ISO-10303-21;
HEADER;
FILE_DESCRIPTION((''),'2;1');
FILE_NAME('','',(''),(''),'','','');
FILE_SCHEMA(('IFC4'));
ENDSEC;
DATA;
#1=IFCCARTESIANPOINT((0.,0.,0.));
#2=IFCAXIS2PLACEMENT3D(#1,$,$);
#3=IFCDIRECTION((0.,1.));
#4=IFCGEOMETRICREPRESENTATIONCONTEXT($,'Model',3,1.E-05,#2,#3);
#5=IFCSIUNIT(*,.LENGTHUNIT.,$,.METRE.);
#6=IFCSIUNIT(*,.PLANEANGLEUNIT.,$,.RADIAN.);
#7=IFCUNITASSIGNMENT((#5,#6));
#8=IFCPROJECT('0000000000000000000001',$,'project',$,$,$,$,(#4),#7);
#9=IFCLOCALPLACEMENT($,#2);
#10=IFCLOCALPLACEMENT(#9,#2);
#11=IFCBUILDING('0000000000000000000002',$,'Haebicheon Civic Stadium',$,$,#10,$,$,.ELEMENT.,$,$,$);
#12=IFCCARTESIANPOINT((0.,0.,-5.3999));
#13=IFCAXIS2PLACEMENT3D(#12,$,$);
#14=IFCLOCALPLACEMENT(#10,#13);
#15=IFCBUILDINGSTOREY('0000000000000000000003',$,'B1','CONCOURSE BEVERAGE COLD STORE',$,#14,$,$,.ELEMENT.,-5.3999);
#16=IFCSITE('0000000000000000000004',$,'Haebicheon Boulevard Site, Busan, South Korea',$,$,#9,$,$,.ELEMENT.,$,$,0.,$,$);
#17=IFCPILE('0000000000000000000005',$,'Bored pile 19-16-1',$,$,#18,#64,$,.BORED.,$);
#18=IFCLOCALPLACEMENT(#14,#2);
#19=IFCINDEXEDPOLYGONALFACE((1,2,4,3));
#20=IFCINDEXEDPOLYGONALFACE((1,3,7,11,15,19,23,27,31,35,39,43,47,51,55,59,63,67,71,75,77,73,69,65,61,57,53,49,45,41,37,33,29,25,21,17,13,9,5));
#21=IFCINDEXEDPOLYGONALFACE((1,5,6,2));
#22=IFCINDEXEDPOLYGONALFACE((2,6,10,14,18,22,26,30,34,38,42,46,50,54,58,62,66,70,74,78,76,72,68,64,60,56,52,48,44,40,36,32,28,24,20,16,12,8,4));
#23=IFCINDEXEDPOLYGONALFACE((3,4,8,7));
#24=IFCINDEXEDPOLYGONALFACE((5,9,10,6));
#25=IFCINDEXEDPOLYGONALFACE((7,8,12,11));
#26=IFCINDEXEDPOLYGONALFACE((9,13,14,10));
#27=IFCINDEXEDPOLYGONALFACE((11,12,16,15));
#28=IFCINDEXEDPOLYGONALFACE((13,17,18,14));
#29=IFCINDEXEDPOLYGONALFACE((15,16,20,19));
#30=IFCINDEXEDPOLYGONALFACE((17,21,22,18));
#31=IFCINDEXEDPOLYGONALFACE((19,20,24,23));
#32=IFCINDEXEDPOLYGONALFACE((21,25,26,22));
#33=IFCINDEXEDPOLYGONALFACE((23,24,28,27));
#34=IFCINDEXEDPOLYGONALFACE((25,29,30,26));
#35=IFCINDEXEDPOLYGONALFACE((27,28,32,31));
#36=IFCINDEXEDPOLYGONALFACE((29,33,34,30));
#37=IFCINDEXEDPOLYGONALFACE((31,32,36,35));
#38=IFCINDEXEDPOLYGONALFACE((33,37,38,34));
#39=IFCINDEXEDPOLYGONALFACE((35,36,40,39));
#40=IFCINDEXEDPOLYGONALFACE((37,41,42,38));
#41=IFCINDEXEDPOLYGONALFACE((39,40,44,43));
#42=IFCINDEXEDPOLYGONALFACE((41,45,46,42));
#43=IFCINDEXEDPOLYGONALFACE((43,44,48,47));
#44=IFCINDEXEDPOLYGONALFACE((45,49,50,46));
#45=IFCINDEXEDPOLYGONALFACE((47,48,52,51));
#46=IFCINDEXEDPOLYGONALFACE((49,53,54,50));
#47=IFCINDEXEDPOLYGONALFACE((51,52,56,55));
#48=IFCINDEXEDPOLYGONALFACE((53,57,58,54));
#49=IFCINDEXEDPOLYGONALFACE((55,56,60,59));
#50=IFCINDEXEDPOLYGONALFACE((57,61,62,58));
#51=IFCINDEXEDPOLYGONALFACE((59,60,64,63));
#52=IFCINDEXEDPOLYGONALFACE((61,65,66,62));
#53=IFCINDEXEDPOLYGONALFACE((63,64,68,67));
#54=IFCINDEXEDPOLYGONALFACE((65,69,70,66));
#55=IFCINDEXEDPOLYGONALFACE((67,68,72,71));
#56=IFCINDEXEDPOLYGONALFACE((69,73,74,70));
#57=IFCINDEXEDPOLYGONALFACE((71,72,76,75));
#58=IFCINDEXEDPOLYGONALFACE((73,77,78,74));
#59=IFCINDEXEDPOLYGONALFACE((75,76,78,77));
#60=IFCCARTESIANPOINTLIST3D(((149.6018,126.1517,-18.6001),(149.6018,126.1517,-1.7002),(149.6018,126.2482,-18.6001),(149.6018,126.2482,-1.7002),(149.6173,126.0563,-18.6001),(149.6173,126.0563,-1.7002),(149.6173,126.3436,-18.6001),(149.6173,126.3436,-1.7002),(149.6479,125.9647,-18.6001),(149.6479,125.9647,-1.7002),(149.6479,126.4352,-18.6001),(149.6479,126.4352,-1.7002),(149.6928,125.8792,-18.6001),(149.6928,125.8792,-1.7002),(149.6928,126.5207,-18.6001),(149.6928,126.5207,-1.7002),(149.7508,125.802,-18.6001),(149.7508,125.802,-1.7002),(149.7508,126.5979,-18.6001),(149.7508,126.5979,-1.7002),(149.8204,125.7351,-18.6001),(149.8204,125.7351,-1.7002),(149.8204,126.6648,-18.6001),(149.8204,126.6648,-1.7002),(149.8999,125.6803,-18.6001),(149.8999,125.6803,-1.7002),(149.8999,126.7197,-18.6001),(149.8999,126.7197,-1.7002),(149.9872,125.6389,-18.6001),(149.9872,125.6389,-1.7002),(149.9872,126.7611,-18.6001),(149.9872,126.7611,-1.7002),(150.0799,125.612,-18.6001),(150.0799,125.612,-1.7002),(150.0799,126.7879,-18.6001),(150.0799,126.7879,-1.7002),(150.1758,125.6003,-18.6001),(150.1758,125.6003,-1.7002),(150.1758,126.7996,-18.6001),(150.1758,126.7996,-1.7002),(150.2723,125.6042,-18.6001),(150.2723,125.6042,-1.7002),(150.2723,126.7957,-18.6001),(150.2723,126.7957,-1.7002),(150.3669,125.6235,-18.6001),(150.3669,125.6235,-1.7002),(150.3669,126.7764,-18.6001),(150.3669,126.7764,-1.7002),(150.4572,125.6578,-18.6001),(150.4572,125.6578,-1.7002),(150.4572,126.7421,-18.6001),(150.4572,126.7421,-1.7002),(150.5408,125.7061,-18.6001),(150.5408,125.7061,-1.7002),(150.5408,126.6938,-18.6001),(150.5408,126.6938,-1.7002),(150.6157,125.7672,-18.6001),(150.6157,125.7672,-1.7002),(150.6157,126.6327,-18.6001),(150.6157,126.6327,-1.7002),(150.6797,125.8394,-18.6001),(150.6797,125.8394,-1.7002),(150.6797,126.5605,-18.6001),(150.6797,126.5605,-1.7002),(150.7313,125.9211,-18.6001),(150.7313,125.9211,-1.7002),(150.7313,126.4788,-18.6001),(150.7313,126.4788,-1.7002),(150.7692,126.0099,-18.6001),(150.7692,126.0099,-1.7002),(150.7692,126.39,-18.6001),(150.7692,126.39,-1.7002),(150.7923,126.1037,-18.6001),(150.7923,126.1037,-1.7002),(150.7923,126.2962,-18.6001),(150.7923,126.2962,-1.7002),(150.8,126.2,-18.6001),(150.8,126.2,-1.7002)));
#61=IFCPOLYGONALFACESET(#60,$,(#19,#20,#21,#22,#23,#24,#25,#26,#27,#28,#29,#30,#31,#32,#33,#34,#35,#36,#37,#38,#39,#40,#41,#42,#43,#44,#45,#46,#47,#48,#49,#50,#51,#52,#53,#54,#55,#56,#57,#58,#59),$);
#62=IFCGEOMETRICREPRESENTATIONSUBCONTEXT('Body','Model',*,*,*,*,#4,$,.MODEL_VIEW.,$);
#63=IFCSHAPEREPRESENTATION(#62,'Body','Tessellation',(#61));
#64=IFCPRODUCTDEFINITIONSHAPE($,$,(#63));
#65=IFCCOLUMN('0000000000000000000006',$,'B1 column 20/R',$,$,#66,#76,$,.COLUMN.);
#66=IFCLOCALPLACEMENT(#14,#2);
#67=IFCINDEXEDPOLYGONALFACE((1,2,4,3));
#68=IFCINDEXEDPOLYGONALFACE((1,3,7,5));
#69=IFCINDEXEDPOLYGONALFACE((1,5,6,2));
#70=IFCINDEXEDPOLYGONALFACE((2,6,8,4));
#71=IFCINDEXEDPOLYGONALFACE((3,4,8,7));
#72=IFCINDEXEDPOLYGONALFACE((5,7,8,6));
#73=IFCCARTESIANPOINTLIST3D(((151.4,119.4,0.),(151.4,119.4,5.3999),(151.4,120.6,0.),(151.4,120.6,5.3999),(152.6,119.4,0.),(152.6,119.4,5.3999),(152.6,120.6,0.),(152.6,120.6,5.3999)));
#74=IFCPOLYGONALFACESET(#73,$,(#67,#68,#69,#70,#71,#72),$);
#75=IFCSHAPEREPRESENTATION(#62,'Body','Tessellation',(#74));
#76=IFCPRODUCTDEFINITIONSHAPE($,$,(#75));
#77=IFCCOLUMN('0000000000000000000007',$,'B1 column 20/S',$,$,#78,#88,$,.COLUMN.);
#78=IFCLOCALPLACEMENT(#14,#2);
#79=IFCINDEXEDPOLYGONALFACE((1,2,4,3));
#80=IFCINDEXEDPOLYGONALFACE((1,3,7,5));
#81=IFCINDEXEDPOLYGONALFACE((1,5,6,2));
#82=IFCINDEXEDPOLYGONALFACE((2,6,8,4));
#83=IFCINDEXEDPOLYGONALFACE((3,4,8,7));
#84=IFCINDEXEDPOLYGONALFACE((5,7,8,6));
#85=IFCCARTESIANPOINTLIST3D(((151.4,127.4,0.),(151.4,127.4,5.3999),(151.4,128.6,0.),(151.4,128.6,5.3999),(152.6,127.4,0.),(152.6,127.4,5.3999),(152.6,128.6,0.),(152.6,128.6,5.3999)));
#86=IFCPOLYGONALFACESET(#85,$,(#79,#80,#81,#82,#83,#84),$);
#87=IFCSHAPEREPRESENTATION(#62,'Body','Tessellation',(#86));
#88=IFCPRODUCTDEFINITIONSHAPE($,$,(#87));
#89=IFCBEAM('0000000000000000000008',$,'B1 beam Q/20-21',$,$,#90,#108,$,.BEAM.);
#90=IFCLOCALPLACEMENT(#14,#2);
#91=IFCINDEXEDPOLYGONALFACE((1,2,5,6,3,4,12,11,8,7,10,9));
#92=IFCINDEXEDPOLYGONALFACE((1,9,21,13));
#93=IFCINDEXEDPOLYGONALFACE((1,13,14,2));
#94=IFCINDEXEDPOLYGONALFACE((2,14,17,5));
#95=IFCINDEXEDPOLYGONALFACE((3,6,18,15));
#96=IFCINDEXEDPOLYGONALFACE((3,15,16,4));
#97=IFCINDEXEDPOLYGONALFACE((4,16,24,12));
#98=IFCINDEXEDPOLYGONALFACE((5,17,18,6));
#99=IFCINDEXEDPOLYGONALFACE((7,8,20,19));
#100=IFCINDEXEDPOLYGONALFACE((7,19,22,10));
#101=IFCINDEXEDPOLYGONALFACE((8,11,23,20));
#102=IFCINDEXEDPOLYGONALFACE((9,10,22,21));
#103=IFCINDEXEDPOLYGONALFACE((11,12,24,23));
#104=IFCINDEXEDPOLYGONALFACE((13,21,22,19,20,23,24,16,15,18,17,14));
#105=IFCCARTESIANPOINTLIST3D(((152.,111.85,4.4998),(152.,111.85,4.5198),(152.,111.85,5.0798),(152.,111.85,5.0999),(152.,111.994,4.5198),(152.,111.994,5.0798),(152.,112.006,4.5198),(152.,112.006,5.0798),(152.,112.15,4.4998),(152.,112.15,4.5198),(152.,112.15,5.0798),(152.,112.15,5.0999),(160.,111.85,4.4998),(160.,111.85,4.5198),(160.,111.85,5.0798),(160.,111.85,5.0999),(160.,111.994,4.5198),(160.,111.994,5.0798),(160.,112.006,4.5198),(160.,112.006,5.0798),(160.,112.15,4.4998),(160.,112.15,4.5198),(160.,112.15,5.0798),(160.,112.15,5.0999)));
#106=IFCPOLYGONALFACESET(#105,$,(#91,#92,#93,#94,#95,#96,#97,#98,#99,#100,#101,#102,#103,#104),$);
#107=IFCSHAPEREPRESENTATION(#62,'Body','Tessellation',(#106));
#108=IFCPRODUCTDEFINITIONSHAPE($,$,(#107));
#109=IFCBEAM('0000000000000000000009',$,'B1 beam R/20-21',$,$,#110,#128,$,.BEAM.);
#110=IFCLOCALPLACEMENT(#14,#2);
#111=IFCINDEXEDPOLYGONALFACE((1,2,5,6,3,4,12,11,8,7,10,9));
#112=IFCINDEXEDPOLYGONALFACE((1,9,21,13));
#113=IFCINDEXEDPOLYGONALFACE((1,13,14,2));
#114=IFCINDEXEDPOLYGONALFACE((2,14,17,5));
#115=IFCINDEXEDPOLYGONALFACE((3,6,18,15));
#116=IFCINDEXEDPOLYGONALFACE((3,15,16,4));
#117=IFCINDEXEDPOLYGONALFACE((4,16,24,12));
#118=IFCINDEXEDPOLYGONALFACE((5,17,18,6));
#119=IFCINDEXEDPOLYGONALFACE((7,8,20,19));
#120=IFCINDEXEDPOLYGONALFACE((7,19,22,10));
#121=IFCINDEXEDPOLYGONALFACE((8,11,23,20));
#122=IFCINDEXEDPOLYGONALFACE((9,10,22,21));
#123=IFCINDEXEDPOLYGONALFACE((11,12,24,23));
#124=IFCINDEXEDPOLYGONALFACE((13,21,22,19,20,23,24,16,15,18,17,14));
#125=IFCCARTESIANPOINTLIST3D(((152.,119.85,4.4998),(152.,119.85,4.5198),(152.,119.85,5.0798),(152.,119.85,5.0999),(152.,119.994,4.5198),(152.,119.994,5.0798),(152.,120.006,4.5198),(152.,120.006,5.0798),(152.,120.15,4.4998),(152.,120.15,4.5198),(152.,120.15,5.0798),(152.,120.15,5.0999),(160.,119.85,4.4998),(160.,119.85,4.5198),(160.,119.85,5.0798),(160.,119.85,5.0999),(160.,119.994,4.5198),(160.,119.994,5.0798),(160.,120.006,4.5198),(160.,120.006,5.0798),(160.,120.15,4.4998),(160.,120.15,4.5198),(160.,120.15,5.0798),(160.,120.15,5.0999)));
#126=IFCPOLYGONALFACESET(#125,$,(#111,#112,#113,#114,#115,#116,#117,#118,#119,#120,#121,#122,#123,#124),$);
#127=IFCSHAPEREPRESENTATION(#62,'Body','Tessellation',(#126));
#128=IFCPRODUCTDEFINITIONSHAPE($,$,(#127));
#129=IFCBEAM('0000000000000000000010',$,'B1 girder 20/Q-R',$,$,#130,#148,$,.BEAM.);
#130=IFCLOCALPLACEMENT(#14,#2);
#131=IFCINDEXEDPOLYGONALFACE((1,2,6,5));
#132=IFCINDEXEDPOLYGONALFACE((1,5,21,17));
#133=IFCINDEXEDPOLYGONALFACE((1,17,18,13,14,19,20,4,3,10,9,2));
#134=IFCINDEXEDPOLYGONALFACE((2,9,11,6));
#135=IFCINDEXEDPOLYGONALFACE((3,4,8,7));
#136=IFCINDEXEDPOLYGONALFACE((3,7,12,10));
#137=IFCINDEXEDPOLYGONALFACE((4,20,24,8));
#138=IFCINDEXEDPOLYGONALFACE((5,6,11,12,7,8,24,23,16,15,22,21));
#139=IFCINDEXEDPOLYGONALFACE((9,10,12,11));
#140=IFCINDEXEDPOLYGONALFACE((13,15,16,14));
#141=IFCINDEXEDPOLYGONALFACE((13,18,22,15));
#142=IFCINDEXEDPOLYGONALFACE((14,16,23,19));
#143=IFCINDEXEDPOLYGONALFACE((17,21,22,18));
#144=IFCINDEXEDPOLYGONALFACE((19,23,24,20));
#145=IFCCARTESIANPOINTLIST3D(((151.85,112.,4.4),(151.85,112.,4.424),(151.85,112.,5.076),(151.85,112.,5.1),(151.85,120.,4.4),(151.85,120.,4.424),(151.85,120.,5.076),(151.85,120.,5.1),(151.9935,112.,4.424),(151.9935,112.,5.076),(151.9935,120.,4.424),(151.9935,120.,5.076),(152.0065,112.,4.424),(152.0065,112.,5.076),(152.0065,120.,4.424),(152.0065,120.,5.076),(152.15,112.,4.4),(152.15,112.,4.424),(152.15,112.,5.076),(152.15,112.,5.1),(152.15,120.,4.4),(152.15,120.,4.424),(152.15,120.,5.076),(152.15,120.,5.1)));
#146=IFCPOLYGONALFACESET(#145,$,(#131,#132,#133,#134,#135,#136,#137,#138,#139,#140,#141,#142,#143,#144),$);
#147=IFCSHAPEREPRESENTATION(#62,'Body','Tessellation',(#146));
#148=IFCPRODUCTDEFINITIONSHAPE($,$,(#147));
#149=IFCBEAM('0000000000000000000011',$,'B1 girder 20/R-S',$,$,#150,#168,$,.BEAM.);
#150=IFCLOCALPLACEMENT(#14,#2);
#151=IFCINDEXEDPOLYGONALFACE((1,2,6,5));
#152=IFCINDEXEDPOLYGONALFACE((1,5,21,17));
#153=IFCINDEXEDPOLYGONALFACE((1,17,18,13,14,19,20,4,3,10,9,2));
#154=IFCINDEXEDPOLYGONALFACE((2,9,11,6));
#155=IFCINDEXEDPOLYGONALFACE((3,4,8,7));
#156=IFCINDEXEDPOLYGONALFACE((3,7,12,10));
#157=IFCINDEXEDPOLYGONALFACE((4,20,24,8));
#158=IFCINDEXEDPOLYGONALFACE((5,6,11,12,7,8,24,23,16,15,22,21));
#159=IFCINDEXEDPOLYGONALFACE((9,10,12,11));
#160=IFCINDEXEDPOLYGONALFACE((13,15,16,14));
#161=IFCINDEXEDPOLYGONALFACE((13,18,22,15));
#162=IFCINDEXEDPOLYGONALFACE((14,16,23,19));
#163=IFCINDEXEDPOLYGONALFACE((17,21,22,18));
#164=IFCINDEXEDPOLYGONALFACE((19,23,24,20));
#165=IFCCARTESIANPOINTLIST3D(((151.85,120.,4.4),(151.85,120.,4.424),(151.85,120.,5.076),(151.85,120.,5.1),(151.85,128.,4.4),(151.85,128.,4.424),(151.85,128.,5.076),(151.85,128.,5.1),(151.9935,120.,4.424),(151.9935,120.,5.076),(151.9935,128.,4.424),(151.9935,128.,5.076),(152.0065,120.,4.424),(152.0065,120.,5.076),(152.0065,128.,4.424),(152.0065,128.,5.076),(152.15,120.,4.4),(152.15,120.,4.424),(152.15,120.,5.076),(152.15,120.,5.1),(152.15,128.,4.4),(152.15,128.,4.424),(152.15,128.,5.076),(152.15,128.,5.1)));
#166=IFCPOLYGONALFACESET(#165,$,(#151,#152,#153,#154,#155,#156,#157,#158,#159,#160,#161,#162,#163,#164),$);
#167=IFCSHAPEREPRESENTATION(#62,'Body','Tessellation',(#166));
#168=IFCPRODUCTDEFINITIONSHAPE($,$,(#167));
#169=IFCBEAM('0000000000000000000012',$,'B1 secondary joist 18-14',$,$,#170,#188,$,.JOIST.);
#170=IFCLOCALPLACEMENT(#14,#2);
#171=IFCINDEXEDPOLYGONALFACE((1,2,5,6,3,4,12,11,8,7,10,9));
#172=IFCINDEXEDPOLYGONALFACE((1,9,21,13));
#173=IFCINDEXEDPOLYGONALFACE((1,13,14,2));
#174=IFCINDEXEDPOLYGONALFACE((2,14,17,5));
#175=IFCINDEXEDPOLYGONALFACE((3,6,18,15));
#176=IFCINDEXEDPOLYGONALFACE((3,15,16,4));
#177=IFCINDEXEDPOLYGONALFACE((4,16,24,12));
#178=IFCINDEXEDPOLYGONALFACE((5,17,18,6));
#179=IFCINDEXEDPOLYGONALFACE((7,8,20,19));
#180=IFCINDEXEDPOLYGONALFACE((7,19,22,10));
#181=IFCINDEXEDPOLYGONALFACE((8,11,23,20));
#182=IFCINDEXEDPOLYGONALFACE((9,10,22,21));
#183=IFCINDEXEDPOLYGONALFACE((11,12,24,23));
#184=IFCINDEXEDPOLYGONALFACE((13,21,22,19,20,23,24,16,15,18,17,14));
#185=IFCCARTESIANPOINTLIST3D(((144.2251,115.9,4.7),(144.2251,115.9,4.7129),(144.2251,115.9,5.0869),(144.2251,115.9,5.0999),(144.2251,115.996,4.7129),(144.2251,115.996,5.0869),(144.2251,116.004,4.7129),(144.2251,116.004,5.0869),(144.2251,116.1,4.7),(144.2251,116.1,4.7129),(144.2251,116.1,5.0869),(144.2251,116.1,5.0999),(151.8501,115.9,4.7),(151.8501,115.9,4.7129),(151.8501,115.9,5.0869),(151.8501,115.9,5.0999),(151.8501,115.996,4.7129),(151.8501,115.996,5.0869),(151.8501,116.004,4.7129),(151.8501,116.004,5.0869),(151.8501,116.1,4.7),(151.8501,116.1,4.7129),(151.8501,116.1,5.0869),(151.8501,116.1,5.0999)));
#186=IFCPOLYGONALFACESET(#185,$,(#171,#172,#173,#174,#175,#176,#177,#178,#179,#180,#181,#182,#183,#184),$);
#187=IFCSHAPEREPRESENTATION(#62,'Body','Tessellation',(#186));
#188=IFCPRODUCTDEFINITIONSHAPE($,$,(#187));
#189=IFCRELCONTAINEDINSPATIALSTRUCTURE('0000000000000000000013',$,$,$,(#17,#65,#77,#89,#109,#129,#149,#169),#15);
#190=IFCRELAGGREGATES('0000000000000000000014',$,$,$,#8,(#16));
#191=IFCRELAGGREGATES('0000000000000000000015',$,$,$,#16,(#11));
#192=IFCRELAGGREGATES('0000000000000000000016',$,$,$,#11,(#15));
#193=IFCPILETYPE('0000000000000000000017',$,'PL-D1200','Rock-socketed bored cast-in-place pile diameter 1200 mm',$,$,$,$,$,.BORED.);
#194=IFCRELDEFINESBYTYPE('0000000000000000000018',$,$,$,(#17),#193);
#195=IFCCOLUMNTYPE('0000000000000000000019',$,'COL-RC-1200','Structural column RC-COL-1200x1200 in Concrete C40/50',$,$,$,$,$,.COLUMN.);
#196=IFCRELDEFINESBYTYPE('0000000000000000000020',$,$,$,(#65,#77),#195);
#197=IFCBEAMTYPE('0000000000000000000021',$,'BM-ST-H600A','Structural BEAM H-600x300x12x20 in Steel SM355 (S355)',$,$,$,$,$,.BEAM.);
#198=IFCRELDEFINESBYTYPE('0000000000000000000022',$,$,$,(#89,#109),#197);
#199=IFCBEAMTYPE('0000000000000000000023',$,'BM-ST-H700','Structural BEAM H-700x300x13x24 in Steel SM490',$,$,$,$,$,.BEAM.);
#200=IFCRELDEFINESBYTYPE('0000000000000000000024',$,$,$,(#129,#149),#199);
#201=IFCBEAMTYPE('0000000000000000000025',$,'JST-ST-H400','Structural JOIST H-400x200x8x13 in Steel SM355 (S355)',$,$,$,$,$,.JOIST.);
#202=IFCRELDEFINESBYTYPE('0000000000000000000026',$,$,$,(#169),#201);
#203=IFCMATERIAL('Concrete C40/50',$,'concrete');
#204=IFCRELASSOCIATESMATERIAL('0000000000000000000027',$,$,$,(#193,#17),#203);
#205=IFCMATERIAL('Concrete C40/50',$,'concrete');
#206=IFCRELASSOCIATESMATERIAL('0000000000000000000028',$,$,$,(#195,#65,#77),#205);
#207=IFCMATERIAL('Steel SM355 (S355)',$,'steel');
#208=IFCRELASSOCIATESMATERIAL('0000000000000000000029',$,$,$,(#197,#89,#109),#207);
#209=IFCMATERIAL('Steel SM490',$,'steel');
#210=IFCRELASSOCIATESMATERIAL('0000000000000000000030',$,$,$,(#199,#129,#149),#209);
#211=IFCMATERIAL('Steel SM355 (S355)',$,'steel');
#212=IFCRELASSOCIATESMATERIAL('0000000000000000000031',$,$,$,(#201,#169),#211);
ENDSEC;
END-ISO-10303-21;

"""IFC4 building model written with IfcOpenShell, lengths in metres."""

from ifc_helpers import new_model, si_unit, direction, frame, origin, origin_2d, place, context, subcontext, project, spatial, rectangle, circle, i_section, extrude, material, material_profile, profile_set, type_object, element, save


model = new_model("IFC4")

# Units and contexts
model_context = context("Model", 3, precision=1e-05, world=origin(), true_north=direction((0.0, 1.0)))
body_context = subcontext(model_context, "Body", "Model", "MODEL_VIEW")
ifc_project = project(units=[si_unit("LENGTHUNIT", "METRE"), si_unit("PLANEANGLEUNIT", "RADIAN")], contexts=[model_context])

# Site, building, storey
site_placement = place(None, origin())
site = spatial("IfcSite", under=ifc_project, at=site_placement, Name="Haebicheon Boulevard Site, Busan, South Korea", CompositionType="ELEMENT", RefElevation=0.0)
building_placement = place(site_placement, origin())
building = spatial("IfcBuilding", under=site, at=building_placement, Name="Haebicheon Civic Stadium", CompositionType="ELEMENT")
storey_placement = place(building_placement, frame((0.0, 0.0, -5.3999)))
storey = spatial("IfcBuildingStorey", under=building, at=storey_placement, Name="B1", Description="CONCOURSE BEVERAGE COLD STORE", CompositionType="ELEMENT", Elevation=-5.3999)

# Pile
ifc_material_1 = material(Name="Concrete C40/50", Category="concrete")
ifc_material_profile_1 = material_profile(ifc_material_1, circle(Radius=0.6001, at=origin_2d()), Name="PILE-D1200")
ifc_profile_set_1 = profile_set([ifc_material_profile_1], Name="Concrete C40/50")
pile_type = type_object("IfcPileType", Name="PL-D1200", Description="Rock-socketed bored cast-in-place pile diameter 1200 mm", PredefinedType="BORED", material=ifc_profile_set_1)
for number, where, z_axis, x_axis, name in (
    (1, (150.2, 126.2, -1.7002), (0.0, 0.0, -1.0), (1.0, 0.0, 0.0), "Bored pile 19-16-1"),
):
    element("IfcPile", number, at=place(storey_placement, frame(where, z_axis=z_axis, x_axis=x_axis)), inside=storey, type_object=pile_type, material=ifc_profile_set_1, Name=name, PredefinedType="BORED", context=body_context, shape_type="SweptSolid", body=[
        extrude(circle(Radius=0.6001, at=origin_2d()), origin(), (0.0, 0.0, 1.0), 16.8999),
    ])

# Columns
ifc_material_2 = material(Name="Concrete C40/50", Category="concrete")
ifc_material_profile_2 = material_profile(ifc_material_2, rectangle(XDim=1.2, YDim=1.2, at=origin_2d()), Name="RC-COL-1200x1200")
ifc_profile_set_2 = profile_set([ifc_material_profile_2], Name="Concrete C40/50")
column_type = type_object("IfcColumnType", Name="COL-RC-1200", Description="Structural column RC-COL-1200x1200 in Concrete C40/50", PredefinedType="COLUMN", material=ifc_profile_set_2)
for number, where, z_axis, x_axis, name in (
    (2, (152.0, 120.0, 0.0), (0.0, 0.0, 1.0), (1.0, 0.0, 0.0), "B1 column 20/R"),
    (3, (152.0, 128.0, 0.0), (0.0, 0.0, 1.0), (1.0, 0.0, 0.0), "B1 column 20/S"),
):
    element("IfcColumn", number, at=place(storey_placement, frame(where, z_axis=z_axis, x_axis=x_axis)), inside=storey, type_object=column_type, material=ifc_profile_set_2, Name=name, PredefinedType="COLUMN", context=body_context, shape_type="SweptSolid", body=[
        extrude(rectangle(XDim=1.2, YDim=1.2, at=origin_2d()), origin(), (0.0, 0.0, 1.0), 5.3999),
    ])

# Beams
ifc_material_3 = material(Name="Steel SM355 (S355)", Category="steel")
ifc_material_profile_3 = material_profile(ifc_material_3, i_section(OverallWidth=0.3, OverallDepth=0.6001, WebThickness=0.012, FlangeThickness=0.02, at=origin_2d()), Name="H-600x300x12x20")
ifc_profile_set_3 = profile_set([ifc_material_profile_3], Name="Steel SM355 (S355)")
beam_type_1 = type_object("IfcBeamType", Name="BM-ST-H600A", Description="Structural BEAM H-600x300x12x20 in Steel SM355 (S355)", PredefinedType="BEAM", material=ifc_profile_set_3)
for number, where, z_axis, x_axis, name in (
    (4, (152.0, 112.0, 4.7998), (1.0, 0.0, 0.0), (0.0, 1.0, 0.0), "B1 beam Q/20-21"),
    (5, (152.0, 120.0, 4.7998), (1.0, 0.0, 0.0), (0.0, 1.0, 0.0), "B1 beam R/20-21"),
):
    element("IfcBeam", number, at=place(storey_placement, frame(where, z_axis=z_axis, x_axis=x_axis)), inside=storey, type_object=beam_type_1, material=ifc_profile_set_3, Name=name, PredefinedType="BEAM", context=body_context, shape_type="SweptSolid", body=[
        extrude(i_section(OverallWidth=0.3, OverallDepth=0.6001, WebThickness=0.012, FlangeThickness=0.02, at=origin_2d()), origin(), (0.0, 0.0, 1.0), 8.0),
    ])
ifc_material_4 = material(Name="Steel SM490", Category="steel")
ifc_material_profile_4 = material_profile(ifc_material_4, i_section(OverallWidth=0.3, OverallDepth=0.7, WebThickness=0.0129, FlangeThickness=0.0239, at=origin_2d()), Name="H-700x300x13x24")
ifc_profile_set_4 = profile_set([ifc_material_profile_4], Name="Steel SM490")
beam_type_2 = type_object("IfcBeamType", Name="BM-ST-H700", Description="Structural BEAM H-700x300x13x24 in Steel SM490", PredefinedType="BEAM", material=ifc_profile_set_4)
for number, where, z_axis, x_axis, name in (
    (6, (152.0, 112.0, 4.75), (0.0, 1.0, 0.0), (-1.0, 0.0, 0.0), "B1 girder 20/Q-R"),
    (7, (152.0, 120.0, 4.75), (0.0, 1.0, 0.0), (-1.0, 0.0, 0.0), "B1 girder 20/R-S"),
):
    element("IfcBeam", number, at=place(storey_placement, frame(where, z_axis=z_axis, x_axis=x_axis)), inside=storey, type_object=beam_type_2, material=ifc_profile_set_4, Name=name, PredefinedType="BEAM", context=body_context, shape_type="SweptSolid", body=[
        extrude(i_section(OverallWidth=0.3, OverallDepth=0.7, WebThickness=0.0129, FlangeThickness=0.0239, at=origin_2d()), origin(), (0.0, 0.0, 1.0), 8.0),
    ])
ifc_material_5 = material(Name="Steel SM355 (S355)", Category="steel")
ifc_material_profile_5 = material_profile(ifc_material_5, i_section(OverallWidth=0.2, OverallDepth=0.3999, WebThickness=0.0081, FlangeThickness=0.0129, at=origin_2d()), Name="H-400x200x8x13")
ifc_profile_set_5 = profile_set([ifc_material_profile_5], Name="Steel SM355 (S355)")
beam_type_3 = type_object("IfcBeamType", Name="JST-ST-H400", Description="Structural JOIST H-400x200x8x13 in Steel SM355 (S355)", PredefinedType="JOIST", material=ifc_profile_set_5)
for number, where, z_axis, x_axis, name in (
    (8, (144.2251, 116.0, 4.8999), (1.0, 0.0, 0.0), (0.0, 1.0, 0.0), "B1 secondary joist 18-14"),
):
    element("IfcBeam", number, at=place(storey_placement, frame(where, z_axis=z_axis, x_axis=x_axis)), inside=storey, type_object=beam_type_3, material=ifc_profile_set_5, Name=name, PredefinedType="JOIST", context=body_context, shape_type="SweptSolid", body=[
        extrude(i_section(OverallWidth=0.2, OverallDepth=0.3999, WebThickness=0.0081, FlangeThickness=0.0129, at=origin_2d()), origin(), (0.0, 0.0, 1.0), 7.625),
    ])

save(model, "model.ifc")
